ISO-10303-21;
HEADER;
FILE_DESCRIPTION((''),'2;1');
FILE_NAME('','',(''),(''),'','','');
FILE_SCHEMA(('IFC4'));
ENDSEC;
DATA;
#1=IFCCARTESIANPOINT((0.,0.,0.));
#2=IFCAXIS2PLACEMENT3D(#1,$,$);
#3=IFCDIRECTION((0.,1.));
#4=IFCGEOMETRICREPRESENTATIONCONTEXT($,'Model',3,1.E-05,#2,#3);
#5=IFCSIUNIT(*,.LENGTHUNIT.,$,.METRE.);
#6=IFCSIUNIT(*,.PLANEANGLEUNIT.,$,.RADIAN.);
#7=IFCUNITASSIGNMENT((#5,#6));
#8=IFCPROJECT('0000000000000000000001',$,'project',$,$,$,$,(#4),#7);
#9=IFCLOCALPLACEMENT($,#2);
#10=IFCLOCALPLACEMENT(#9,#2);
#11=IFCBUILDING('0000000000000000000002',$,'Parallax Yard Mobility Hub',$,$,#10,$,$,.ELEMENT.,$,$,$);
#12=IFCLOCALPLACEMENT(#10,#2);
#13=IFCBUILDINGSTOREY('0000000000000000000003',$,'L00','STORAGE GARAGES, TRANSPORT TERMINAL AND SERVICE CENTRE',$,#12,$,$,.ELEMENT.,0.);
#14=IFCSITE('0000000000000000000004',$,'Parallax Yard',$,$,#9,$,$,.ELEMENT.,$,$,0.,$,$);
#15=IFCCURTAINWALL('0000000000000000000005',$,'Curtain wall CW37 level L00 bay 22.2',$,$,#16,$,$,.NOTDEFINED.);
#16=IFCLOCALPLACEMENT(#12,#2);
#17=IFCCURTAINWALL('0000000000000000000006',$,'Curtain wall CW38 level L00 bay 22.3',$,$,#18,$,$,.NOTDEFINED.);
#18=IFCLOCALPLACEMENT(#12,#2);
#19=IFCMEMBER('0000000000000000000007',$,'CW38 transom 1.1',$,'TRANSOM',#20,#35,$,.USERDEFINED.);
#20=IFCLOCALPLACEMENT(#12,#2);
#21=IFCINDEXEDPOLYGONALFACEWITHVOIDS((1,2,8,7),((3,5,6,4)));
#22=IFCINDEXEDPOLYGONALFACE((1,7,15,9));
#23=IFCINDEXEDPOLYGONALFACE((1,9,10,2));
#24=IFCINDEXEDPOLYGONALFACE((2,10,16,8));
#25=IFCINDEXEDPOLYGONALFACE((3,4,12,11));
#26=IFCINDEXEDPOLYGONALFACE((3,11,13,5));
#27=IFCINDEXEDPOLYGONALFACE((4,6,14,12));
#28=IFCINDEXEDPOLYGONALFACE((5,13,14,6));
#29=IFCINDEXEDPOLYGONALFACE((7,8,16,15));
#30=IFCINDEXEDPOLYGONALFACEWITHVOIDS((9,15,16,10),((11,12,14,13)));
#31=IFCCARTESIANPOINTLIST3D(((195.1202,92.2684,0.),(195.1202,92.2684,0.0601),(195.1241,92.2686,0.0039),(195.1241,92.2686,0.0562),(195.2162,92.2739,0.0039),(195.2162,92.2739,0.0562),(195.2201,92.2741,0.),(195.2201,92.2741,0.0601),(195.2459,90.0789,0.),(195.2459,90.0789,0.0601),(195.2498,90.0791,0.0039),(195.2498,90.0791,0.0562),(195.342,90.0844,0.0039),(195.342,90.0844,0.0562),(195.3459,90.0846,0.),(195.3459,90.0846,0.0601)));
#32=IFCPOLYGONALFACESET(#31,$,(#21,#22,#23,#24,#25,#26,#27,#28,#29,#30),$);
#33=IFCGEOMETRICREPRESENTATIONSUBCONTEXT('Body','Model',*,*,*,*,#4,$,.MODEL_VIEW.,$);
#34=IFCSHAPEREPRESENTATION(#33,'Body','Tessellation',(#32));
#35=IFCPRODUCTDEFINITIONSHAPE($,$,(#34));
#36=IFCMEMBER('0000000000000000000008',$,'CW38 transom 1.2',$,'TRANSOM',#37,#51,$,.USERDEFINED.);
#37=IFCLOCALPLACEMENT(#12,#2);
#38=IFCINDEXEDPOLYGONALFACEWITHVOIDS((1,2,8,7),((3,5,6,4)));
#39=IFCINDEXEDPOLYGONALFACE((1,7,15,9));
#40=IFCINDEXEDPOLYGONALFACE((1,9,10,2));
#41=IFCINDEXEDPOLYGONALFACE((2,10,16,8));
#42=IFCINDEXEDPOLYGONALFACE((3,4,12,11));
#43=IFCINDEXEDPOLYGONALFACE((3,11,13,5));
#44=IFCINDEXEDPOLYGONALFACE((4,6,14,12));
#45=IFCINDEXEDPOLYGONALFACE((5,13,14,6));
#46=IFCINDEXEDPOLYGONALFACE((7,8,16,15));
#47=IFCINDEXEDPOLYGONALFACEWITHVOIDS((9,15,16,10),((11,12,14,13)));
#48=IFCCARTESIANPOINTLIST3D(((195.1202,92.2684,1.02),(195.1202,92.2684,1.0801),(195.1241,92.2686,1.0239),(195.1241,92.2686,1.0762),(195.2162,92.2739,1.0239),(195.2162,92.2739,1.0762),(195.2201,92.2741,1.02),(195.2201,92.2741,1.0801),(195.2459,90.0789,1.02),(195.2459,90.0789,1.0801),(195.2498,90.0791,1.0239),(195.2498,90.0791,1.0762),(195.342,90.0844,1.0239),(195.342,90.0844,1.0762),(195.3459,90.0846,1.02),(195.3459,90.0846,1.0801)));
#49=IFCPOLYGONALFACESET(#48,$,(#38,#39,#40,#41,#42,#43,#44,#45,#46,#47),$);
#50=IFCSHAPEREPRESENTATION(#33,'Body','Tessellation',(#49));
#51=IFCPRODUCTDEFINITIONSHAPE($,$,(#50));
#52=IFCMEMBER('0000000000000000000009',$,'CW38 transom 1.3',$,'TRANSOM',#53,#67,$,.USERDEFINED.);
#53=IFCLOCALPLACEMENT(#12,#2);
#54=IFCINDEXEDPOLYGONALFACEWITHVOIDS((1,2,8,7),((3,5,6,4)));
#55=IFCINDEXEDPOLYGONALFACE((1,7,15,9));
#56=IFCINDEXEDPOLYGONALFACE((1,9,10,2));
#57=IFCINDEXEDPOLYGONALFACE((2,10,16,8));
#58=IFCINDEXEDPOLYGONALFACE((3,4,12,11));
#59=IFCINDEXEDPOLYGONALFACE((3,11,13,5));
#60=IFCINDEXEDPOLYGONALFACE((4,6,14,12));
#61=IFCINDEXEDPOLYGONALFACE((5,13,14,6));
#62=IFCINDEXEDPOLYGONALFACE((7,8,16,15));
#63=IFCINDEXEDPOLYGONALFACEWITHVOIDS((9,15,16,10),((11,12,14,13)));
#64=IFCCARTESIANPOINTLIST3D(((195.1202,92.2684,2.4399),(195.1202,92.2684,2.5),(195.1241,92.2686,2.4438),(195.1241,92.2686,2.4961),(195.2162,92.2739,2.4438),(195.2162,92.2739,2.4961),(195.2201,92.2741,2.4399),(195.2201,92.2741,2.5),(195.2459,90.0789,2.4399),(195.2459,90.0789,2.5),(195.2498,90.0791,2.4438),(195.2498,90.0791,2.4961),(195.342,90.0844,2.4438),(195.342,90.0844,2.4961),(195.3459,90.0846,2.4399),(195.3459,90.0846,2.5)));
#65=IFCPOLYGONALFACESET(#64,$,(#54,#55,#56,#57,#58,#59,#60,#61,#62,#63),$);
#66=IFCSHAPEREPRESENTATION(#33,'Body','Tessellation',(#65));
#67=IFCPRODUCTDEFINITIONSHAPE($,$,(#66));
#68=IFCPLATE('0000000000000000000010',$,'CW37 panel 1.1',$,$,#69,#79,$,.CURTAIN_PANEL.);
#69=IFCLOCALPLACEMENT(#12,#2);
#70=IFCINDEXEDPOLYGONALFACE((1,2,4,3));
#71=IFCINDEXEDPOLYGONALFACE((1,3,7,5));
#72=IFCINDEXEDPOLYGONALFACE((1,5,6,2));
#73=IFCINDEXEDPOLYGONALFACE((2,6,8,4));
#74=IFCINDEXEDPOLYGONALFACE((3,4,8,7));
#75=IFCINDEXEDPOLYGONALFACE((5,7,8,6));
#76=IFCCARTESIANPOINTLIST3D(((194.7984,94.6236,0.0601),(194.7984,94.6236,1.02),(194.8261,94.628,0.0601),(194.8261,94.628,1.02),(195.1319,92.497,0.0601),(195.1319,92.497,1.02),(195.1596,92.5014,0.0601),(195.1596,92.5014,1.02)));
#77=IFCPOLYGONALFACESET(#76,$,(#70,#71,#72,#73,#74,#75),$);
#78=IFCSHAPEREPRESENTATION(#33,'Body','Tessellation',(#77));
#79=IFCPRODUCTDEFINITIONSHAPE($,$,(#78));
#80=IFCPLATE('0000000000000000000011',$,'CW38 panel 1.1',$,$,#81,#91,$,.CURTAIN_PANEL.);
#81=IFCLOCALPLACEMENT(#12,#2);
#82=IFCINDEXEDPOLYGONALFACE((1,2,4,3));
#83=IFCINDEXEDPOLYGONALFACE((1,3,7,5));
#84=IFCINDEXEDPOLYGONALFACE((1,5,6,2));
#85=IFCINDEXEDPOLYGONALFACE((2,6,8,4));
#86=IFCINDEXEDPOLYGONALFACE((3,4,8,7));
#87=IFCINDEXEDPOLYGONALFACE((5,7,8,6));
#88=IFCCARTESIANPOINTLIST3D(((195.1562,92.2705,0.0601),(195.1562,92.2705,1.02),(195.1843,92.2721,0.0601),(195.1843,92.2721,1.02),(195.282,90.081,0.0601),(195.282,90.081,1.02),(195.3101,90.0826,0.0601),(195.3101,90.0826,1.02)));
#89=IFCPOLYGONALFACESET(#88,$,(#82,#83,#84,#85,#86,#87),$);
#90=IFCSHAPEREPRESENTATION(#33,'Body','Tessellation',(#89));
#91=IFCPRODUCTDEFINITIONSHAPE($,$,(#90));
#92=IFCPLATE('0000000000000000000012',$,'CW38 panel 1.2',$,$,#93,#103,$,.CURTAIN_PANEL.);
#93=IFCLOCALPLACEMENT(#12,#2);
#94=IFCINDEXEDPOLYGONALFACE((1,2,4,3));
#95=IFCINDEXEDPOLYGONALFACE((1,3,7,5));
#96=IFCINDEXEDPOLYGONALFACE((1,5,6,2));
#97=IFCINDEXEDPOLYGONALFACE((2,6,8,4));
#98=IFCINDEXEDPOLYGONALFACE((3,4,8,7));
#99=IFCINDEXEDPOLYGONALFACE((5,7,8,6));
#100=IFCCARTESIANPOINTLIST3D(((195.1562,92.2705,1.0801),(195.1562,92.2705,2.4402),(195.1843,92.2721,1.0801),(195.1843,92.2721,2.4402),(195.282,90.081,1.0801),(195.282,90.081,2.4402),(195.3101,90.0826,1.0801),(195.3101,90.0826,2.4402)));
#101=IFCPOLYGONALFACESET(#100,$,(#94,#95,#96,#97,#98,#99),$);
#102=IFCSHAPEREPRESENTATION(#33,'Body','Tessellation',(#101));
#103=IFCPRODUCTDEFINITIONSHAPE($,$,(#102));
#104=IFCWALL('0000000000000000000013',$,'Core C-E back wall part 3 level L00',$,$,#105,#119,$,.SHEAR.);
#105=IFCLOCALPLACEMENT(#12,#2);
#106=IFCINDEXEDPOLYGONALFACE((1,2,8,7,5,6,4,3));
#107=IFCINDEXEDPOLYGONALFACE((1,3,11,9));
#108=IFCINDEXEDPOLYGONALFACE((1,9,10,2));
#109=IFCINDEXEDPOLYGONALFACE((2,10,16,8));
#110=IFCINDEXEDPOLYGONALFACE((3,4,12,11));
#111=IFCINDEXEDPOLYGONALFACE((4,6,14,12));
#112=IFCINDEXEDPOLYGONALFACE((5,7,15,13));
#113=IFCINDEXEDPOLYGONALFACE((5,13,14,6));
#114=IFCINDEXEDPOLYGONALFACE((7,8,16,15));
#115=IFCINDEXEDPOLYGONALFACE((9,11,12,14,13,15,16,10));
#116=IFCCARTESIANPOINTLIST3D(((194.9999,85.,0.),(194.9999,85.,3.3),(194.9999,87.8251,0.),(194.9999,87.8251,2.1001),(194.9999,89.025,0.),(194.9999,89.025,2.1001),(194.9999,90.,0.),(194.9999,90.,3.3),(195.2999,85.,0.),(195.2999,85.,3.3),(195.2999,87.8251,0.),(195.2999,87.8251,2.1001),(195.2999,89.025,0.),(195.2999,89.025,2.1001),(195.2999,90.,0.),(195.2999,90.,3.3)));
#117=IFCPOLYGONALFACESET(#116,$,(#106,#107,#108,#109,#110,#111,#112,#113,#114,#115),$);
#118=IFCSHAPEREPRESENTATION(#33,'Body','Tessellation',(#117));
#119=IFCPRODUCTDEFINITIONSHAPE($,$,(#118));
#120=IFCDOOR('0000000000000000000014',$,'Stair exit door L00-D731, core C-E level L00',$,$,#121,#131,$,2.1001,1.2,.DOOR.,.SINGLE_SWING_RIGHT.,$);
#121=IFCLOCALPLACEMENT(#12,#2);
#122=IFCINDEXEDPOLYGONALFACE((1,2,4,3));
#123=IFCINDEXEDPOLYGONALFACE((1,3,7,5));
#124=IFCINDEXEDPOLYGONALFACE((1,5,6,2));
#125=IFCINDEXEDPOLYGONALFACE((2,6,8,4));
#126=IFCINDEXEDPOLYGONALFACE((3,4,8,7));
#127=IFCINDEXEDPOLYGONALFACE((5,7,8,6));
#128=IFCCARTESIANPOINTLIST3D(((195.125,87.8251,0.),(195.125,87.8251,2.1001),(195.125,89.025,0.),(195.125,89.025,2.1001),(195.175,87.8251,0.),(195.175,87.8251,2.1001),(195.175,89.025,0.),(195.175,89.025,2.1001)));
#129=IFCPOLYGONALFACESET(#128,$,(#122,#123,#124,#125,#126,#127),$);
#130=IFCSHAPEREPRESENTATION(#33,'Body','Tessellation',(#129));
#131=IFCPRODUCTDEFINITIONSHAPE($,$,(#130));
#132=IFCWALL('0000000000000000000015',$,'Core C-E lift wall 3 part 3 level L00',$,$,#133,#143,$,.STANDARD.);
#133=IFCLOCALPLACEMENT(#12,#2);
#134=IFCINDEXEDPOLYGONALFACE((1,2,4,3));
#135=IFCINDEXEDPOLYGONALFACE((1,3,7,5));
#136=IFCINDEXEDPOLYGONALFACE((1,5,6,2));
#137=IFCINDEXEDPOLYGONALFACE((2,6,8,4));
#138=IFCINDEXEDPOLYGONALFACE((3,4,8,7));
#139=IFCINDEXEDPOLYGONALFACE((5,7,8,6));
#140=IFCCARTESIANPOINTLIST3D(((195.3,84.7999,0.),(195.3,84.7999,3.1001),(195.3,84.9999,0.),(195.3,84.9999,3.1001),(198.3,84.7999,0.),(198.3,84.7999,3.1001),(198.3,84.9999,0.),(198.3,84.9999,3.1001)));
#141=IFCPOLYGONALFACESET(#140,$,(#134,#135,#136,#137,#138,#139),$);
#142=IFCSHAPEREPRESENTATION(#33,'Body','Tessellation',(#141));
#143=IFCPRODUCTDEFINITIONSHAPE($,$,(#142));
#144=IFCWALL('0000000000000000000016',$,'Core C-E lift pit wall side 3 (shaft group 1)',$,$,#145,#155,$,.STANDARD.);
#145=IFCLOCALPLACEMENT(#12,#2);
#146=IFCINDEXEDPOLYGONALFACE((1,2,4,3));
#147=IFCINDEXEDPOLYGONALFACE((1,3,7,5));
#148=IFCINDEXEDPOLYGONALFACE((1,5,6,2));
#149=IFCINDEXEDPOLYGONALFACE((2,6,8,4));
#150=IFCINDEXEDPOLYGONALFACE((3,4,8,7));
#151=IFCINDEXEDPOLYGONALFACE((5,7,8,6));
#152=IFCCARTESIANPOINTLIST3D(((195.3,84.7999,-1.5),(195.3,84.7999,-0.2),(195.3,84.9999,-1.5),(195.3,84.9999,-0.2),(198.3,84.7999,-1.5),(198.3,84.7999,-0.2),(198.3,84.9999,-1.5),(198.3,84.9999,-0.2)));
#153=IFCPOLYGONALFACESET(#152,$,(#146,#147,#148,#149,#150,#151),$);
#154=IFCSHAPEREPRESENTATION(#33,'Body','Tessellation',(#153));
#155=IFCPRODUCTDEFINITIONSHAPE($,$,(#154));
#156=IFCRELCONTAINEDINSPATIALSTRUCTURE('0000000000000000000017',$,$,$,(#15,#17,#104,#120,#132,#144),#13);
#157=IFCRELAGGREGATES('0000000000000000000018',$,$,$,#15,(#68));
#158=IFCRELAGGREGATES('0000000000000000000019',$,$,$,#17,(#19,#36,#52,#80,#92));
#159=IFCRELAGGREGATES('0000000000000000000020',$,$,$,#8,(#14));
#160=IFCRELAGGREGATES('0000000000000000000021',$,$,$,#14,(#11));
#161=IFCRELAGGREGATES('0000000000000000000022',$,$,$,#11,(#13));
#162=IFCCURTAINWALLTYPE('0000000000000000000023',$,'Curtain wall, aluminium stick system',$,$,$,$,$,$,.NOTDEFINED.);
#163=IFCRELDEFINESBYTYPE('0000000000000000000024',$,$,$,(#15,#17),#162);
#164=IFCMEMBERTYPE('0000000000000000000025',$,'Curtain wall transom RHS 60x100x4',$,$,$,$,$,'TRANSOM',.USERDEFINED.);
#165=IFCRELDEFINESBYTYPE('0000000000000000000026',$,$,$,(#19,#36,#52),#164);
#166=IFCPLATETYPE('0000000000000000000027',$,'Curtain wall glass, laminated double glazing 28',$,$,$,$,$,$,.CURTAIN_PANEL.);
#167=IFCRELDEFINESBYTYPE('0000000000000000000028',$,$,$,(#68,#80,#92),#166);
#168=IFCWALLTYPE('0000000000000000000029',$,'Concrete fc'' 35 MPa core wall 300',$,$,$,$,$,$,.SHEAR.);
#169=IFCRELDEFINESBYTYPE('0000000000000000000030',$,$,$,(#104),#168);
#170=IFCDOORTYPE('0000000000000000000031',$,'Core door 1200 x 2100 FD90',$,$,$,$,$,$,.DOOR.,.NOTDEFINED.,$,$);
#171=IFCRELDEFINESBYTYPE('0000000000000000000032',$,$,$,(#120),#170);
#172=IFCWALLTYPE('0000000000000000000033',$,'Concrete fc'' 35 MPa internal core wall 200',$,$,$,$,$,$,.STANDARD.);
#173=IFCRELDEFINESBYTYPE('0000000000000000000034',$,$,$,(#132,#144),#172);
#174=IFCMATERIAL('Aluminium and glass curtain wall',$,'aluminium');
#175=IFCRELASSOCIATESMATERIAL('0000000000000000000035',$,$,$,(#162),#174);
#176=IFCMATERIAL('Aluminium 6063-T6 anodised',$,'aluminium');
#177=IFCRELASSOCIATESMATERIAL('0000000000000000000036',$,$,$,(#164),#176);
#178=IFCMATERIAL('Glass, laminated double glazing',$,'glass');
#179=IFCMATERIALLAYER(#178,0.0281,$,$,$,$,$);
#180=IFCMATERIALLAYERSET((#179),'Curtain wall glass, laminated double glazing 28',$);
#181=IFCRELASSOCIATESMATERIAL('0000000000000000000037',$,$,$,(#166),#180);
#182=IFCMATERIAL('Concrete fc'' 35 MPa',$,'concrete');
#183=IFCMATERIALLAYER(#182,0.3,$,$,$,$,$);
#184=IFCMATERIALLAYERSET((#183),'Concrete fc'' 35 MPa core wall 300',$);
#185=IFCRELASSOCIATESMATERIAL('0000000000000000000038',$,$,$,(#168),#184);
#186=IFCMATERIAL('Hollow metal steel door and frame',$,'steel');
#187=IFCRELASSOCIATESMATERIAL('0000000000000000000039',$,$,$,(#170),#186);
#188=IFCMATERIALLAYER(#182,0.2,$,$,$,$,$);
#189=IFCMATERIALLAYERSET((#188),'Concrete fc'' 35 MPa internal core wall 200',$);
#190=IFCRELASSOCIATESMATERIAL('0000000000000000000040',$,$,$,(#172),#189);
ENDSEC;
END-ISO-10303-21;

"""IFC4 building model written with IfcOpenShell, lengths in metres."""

from ifc_helpers import new_model, si_unit, direction, frame, frame_2d, origin, origin_2d, place, context, subcontext, project, spatial, rectangle, hollow_rectangle, extrude, material, layer, layer_set, material_profile, profile_set, type_object, element, fill, aggregate, save


model = new_model("IFC4")

# Units and contexts
model_context = context("Model", 3, precision=1e-05, world=origin(), true_north=direction((0.0, 1.0)))
body_context = subcontext(model_context, "Body", "Model", "MODEL_VIEW")
ifc_project = project(units=[si_unit("LENGTHUNIT", "METRE"), si_unit("PLANEANGLEUNIT", "RADIAN")], contexts=[model_context])

# Site, building, storey
site_placement = place(None, origin())
site = spatial("IfcSite", under=ifc_project, at=site_placement, Name="Parallax Yard", CompositionType="ELEMENT", RefElevation=0.0)
building_placement = place(site_placement, origin())
building = spatial("IfcBuilding", under=site, at=building_placement, Name="Parallax Yard Mobility Hub", CompositionType="ELEMENT")
storey_placement = place(building_placement, origin())
storey = spatial("IfcBuildingStorey", under=building, at=storey_placement, Name="L00", Description="STORAGE GARAGES, TRANSPORT TERMINAL AND SERVICE CENTRE", CompositionType="ELEMENT", Elevation=0.0)

# Curtain wall
ifc_material_1 = material(Name="Aluminium and glass curtain wall", Category="aluminium")
curtain_wall_type = type_object("IfcCurtainWallType", Name="Curtain wall, aluminium stick system", PredefinedType="NOTDEFINED", material=ifc_material_1)
curtain_wall_1_placement = place(storey_placement, origin())
curtain_wall_1 = element("IfcCurtainWall", 1, at=curtain_wall_1_placement, inside=storey, type_object=curtain_wall_type, Name="Curtain wall CW37 level L00 bay 22.2", PredefinedType="NOTDEFINED")
ifc_material_2 = material(Name="Aluminium 6063-T6 anodised", Category="aluminium")

# Curtain wall, members
curtain_wall_2_placement = place(storey_placement, origin())
curtain_wall_2 = element("IfcCurtainWall", 2, at=curtain_wall_2_placement, inside=storey, type_object=curtain_wall_type, Name="Curtain wall CW38 level L00 bay 22.3", PredefinedType="NOTDEFINED")
ifc_material_profile_1 = material_profile(ifc_material_2, hollow_rectangle(XDim=0.1001, YDim=0.0601, WallThickness=0.0039, at=origin_2d()), Name="RHS 60x100x4")
ifc_profile_set_1 = profile_set([ifc_material_profile_1], Name="Aluminium 6063-T6 anodised")
member_type_1 = type_object("IfcMemberType", Name="Curtain wall transom RHS 60x100x4", ElementType="TRANSOM", PredefinedType="USERDEFINED", material=ifc_profile_set_1)
member_1_placement = place(storey_placement, frame((195.1702, 92.2712, 0.03), z_axis=(0.057332, -0.998355, 0.0), x_axis=(0.998355, 0.057332, 0.0)))
member_1 = element("IfcMember", 3, at=member_1_placement, type_object=member_type_1, Name="CW38 transom 1.1", ObjectType="TRANSOM", PredefinedType="USERDEFINED", context=body_context, shape_type="SweptSolid", body=[
    extrude(hollow_rectangle(XDim=0.1001, YDim=0.0601, WallThickness=0.0039, at=origin_2d()), origin(), (0.0, 0.0, 1.0), 2.1931),
])
member_2_placement = place(storey_placement, frame((195.1702, 92.2712, 1.05), z_axis=(0.057332, -0.998355, 0.0), x_axis=(0.998355, 0.057332, 0.0)))
member_2 = element("IfcMember", 4, at=member_2_placement, type_object=member_type_1, Name="CW38 transom 1.2", ObjectType="TRANSOM", PredefinedType="USERDEFINED", context=body_context, shape_type="SweptSolid", body=[
    extrude(hollow_rectangle(XDim=0.1001, YDim=0.0601, WallThickness=0.0039, at=origin_2d()), origin(), (0.0, 0.0, 1.0), 2.1931),
])
member_3_placement = place(storey_placement, frame((195.1702, 92.2712, 2.47), z_axis=(0.057332, -0.998355, 0.0), x_axis=(0.998355, 0.057332, 0.0)))
member_3 = element("IfcMember", 5, at=member_3_placement, type_object=member_type_1, Name="CW38 transom 1.3", ObjectType="TRANSOM", PredefinedType="USERDEFINED", context=body_context, shape_type="SweptSolid", body=[
    extrude(hollow_rectangle(XDim=0.1001, YDim=0.0601, WallThickness=0.0039, at=origin_2d()), origin(), (0.0, 0.0, 1.0), 2.1931),
])

# Plates
ifc_material_3 = material(Name="Glass, laminated double glazing", Category="glass")
ifc_layer_1 = layer(ifc_material_3, 0.0281)
ifc_layer_set_1 = layer_set([ifc_layer_1], Name="Curtain wall glass, laminated double glazing 28")
plate_type = type_object("IfcPlateType", Name="Curtain wall glass, laminated double glazing 28", PredefinedType="CURTAIN_PANEL", material=ifc_layer_set_1)
plate_1_placement = place(storey_placement, frame((194.979, 93.5625, 0.0601), z_axis=(0.0, 0.0, 1.0), x_axis=(0.154937, -0.987924, 0.0)))
plate_1 = element("IfcPlate", 6, at=plate_1_placement, type_object=plate_type, Name="CW37 panel 1.1", PredefinedType="CURTAIN_PANEL", context=body_context, shape_type="SweptSolid", body=[
    extrude(rectangle(XDim=2.1526, YDim=0.0281, at=origin_2d()), origin(), (0.0, 0.0, 1.0), 0.96),
])
aggregate(curtain_wall_1, [plate_1])
plate_2_placement = place(storey_placement, frame((195.2332, 91.1765, 0.0601), z_axis=(0.0, 0.0, 1.0), x_axis=(0.057366, -0.998353, 0.0)))
plate_2 = element("IfcPlate", 7, at=plate_2_placement, type_object=plate_type, Name="CW38 panel 1.1", PredefinedType="CURTAIN_PANEL", context=body_context, shape_type="SweptSolid", body=[
    extrude(rectangle(XDim=2.1931, YDim=0.0281, at=origin_2d()), origin(), (0.0, 0.0, 1.0), 0.96),
])
plate_3_placement = place(storey_placement, frame((195.2332, 91.1765, 1.0801), z_axis=(0.0, 0.0, 1.0), x_axis=(0.057366, -0.998353, 0.0)))
plate_3 = element("IfcPlate", 8, at=plate_3_placement, type_object=plate_type, Name="CW38 panel 1.2", PredefinedType="CURTAIN_PANEL", context=body_context, shape_type="SweptSolid", body=[
    extrude(rectangle(XDim=2.1931, YDim=0.0281, at=origin_2d()), origin(), (0.0, 0.0, 1.0), 1.3601),
])
aggregate(curtain_wall_2, [member_1, member_2, member_3, plate_2, plate_3])

# Wall, opening, door
ifc_material_4 = material(Name="Concrete fc' 35 MPa", Category="concrete")
ifc_layer_2 = layer(ifc_material_4, 0.3)
ifc_layer_set_2 = layer_set([ifc_layer_2], Name="Concrete fc' 35 MPa core wall 300")
wall_type_1 = type_object("IfcWallType", Name="Concrete fc' 35 MPa core wall 300", PredefinedType="SHEAR", material=ifc_layer_set_2)
wall_1_placement = place(storey_placement, frame((195.1499, 85.0, 0.0), z_axis=(0.0, 0.0, 1.0), x_axis=(0.0, 1.0, 0.0)))
wall_1 = element("IfcWall", 9, at=wall_1_placement, inside=storey, type_object=wall_type_1, Name="Core C-E back wall part 3 level L00", PredefinedType="SHEAR", context=body_context, shape_type="SweptSolid", body=[
    extrude(rectangle(XDim=5.0, YDim=0.3, at=frame_2d((2.5, 0.0))), origin(), (0.0, 0.0, 1.0), 3.3),
])
opening_1_placement = place(wall_1_placement, frame((2.825, 0.0, 0.0)))
opening_1 = element("IfcOpeningElement", 10, at=opening_1_placement, cuts=wall_1, PredefinedType="OPENING", context=body_context, shape_type="SweptSolid", body=[
    extrude(rectangle(XDim=1.2, YDim=2.1001, at=frame_2d((0.6001, 1.05))), frame((0.0, 0.1602, 0.0), z_axis=(0.0, -1.0, 0.0), x_axis=(1.0, 0.0, 0.0)), (0.0, 0.0, 1.0), 0.3201),
])
ifc_material_5 = material(Name="Hollow metal steel door and frame", Category="steel")
door_type_1 = type_object("IfcDoorType", Name="Core door 1200 x 2100 FD90", OperationType="NOTDEFINED", PredefinedType="DOOR", material=ifc_material_5)
door_1_placement = place(opening_1_placement, origin())
door_1 = element("IfcDoor", 11, at=door_1_placement, inside=storey, type_object=door_type_1, Name="Stair exit door L00-D731, core C-E level L00", OperationType="SINGLE_SWING_RIGHT", OverallHeight=2.1001, OverallWidth=1.2, PredefinedType="DOOR", context=body_context, shape_type="SweptSolid", body=[
    extrude(rectangle(XDim=1.2, YDim=2.1001, at=frame_2d((0.6001, 1.05))), frame((0.0, 0.0249, 0.0), z_axis=(0.0, -1.0, 0.0), x_axis=(1.0, 0.0, 0.0)), (0.0, 0.0, 1.0), 0.05),
])
fill(opening_1, door_1)

# Walls
ifc_layer_3 = layer(ifc_material_4, 0.2)
ifc_layer_set_3 = layer_set([ifc_layer_3], Name="Concrete fc' 35 MPa internal core wall 200")
wall_type_2 = type_object("IfcWallType", Name="Concrete fc' 35 MPa internal core wall 200", PredefinedType="STANDARD", material=ifc_layer_set_3)
wall_2_placement = place(storey_placement, frame((198.3, 84.8999, 0.0), z_axis=(0.0, 0.0, 1.0), x_axis=(-1.0, 0.0, 0.0)))
element("IfcWall", 12, at=wall_2_placement, inside=storey, type_object=wall_type_2, Name="Core C-E lift wall 3 part 3 level L00", PredefinedType="STANDARD", context=body_context, shape_type="SweptSolid", body=[
    extrude(rectangle(XDim=3.0, YDim=0.2, at=frame_2d((1.5, 0.0))), origin(), (0.0, 0.0, 1.0), 3.1001),
])
wall_3_placement = place(storey_placement, frame((198.3, 84.8999, -1.5), z_axis=(0.0, 0.0, 1.0), x_axis=(-1.0, 0.0, 0.0)))
element("IfcWall", 13, at=wall_3_placement, inside=storey, type_object=wall_type_2, Name="Core C-E lift pit wall side 3 (shaft group 1)", PredefinedType="STANDARD", context=body_context, shape_type="SweptSolid", body=[
    extrude(rectangle(XDim=3.0, YDim=0.2, at=frame_2d((1.5, 0.0))), origin(), (0.0, 0.0, 1.0), 1.3),
])

save(model, "model.ifc")
